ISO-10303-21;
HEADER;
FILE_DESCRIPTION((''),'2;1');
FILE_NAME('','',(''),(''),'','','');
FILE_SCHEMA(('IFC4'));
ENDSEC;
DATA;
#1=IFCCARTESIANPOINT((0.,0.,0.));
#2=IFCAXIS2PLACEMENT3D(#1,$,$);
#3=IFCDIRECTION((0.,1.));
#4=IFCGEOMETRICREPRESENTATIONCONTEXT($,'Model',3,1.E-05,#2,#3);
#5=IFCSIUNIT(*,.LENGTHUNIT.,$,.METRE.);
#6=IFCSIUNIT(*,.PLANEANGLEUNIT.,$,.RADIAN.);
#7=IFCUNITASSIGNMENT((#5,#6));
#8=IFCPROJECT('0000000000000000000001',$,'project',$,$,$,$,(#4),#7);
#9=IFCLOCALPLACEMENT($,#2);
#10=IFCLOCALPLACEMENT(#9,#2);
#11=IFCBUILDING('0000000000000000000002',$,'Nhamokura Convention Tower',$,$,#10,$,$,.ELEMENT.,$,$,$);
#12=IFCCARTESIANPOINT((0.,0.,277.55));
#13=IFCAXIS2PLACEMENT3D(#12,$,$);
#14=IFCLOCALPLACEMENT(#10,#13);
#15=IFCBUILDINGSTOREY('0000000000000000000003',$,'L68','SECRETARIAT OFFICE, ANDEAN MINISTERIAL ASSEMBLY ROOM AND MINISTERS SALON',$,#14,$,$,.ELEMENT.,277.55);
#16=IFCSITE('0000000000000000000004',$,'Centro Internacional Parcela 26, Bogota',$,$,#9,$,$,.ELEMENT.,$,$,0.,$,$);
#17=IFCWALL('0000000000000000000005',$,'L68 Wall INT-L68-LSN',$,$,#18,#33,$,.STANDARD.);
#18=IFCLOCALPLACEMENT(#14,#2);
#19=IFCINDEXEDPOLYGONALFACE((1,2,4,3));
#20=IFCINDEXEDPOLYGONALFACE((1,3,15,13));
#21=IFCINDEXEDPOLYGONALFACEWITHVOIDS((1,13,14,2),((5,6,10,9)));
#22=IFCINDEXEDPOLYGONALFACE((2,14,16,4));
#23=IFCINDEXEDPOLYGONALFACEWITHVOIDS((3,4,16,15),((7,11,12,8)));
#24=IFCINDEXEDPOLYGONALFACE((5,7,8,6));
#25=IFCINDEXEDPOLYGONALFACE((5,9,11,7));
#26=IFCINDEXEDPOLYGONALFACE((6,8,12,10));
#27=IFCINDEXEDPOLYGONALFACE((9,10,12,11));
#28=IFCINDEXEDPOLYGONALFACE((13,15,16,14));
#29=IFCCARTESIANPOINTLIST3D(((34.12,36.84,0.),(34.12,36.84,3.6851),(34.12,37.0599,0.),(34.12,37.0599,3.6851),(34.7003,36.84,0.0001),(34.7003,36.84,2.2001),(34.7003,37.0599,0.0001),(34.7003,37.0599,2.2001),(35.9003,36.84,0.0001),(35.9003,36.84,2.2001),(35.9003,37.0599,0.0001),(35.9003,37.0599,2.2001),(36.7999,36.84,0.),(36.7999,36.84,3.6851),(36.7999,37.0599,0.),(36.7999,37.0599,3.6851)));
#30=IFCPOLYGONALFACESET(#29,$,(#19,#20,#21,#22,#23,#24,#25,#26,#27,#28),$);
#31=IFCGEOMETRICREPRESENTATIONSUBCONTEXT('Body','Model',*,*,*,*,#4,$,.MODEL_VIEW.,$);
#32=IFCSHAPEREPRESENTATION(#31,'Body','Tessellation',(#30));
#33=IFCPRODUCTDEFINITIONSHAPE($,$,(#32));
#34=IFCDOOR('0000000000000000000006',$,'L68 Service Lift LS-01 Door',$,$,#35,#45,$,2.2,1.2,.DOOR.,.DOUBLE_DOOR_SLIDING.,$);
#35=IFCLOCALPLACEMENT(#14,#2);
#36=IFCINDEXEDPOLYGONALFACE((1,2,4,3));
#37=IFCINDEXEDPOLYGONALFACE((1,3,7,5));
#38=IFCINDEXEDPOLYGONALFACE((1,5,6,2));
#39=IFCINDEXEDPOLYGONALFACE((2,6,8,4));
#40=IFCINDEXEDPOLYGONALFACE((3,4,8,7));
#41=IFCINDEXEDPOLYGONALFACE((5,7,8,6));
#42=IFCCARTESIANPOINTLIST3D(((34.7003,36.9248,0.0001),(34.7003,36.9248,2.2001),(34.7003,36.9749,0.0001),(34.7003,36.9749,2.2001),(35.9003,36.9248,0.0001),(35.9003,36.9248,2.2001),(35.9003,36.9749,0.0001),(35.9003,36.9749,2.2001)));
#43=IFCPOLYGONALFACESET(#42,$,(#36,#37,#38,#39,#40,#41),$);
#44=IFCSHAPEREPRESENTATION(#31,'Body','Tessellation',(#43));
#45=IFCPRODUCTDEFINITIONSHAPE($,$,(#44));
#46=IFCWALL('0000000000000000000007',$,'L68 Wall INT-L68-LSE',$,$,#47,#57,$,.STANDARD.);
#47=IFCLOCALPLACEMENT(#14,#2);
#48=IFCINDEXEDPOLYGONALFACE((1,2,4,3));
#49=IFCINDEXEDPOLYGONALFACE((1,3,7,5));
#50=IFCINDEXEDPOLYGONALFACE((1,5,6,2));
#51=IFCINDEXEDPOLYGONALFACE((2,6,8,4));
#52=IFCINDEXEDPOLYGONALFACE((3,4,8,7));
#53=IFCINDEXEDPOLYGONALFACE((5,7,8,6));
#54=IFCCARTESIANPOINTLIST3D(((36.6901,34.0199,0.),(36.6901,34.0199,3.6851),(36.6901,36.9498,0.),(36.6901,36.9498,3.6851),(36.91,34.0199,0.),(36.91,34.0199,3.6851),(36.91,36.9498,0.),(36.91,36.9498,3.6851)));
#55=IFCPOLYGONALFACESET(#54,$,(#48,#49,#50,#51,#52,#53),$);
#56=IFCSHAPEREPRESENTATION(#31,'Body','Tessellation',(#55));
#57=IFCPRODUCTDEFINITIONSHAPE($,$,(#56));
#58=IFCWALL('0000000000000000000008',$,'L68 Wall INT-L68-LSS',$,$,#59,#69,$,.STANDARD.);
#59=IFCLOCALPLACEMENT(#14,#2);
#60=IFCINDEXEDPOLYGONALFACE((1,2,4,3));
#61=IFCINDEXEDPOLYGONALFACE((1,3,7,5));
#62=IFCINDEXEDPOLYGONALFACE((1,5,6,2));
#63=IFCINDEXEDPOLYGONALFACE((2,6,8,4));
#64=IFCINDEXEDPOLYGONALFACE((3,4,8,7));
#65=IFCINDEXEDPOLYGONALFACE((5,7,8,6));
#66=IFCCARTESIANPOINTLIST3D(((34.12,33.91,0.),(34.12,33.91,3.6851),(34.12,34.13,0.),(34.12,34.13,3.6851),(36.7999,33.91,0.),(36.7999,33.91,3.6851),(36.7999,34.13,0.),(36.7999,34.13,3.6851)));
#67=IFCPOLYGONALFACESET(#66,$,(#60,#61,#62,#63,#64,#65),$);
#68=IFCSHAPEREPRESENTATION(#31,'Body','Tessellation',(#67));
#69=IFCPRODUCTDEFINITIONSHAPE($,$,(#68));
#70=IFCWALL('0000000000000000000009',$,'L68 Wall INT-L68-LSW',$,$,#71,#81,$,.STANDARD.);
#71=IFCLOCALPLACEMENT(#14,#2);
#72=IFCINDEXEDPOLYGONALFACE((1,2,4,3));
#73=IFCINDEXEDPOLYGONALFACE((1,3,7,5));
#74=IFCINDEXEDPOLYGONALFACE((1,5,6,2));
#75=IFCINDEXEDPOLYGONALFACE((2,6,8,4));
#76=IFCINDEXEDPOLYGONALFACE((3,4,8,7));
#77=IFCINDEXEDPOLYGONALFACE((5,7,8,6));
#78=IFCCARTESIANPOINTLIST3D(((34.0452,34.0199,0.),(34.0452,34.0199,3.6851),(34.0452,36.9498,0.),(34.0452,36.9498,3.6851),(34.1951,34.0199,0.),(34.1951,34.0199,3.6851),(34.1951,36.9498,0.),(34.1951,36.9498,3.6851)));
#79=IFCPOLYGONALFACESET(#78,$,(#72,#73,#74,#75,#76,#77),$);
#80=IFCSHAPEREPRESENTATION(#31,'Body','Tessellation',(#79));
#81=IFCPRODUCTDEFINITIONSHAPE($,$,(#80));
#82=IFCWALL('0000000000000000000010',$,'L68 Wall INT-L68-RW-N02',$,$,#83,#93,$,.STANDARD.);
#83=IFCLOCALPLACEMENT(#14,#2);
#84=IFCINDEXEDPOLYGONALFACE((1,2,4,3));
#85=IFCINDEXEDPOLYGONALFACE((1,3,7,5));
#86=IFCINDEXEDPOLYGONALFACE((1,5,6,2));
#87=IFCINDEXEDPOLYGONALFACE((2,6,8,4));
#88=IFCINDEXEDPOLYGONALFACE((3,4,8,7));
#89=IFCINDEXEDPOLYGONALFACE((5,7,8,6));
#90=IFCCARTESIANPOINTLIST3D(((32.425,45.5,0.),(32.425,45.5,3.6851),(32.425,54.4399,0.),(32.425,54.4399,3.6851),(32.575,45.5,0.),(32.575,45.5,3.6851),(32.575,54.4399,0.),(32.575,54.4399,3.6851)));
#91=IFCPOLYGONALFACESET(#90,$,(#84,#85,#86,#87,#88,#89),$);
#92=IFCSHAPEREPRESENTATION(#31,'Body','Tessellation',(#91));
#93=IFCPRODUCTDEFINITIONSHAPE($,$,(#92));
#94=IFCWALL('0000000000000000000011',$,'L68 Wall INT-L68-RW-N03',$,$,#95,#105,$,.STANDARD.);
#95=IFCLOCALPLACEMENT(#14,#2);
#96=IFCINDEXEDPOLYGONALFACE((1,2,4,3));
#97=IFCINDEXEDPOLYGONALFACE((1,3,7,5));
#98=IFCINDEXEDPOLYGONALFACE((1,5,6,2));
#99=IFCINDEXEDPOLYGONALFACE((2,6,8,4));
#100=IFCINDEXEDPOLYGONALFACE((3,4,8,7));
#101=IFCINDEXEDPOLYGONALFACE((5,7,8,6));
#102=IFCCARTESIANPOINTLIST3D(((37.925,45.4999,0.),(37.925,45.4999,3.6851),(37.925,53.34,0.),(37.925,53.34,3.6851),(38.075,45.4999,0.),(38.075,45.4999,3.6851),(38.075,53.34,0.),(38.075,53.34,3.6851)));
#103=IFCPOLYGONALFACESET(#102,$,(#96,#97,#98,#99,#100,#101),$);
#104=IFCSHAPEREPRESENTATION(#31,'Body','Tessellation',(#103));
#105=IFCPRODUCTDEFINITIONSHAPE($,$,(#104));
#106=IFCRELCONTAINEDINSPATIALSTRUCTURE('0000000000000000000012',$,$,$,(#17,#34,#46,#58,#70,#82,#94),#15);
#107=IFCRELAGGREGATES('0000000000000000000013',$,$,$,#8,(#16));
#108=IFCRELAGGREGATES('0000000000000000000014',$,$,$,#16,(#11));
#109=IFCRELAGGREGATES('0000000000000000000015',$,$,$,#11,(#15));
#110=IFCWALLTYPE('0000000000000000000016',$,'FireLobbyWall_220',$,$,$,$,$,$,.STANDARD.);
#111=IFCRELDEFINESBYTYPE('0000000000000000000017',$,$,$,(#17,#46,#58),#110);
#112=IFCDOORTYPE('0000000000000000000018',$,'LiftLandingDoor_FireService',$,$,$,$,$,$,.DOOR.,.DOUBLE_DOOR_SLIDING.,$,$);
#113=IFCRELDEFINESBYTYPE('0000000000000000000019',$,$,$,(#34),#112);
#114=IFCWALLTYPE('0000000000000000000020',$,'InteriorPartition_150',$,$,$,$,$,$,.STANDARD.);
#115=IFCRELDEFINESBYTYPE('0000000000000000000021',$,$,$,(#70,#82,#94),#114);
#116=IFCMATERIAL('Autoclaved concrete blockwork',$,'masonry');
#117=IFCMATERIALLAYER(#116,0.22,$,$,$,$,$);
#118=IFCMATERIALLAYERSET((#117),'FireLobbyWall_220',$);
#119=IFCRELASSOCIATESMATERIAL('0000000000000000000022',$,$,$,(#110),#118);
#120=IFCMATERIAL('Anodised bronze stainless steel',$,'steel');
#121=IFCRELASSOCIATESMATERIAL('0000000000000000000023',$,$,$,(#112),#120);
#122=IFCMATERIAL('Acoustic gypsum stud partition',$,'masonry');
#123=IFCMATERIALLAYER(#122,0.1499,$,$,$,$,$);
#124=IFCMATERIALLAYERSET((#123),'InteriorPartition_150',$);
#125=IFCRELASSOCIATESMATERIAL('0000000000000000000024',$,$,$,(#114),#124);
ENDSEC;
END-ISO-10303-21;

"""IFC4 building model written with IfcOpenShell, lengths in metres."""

from ifc_helpers import new_model, si_unit, direction, frame, frame_2d, origin, place, context, subcontext, project, spatial, rectangle, extrude, material, layer, layer_set, type_object, element, fill, save


model = new_model("IFC4")

# Units and contexts
model_context = context("Model", 3, precision=1e-05, world=origin(), true_north=direction((0.0, 1.0)))
body_context = subcontext(model_context, "Body", "Model", "MODEL_VIEW")
ifc_project = project(units=[si_unit("LENGTHUNIT", "METRE"), si_unit("PLANEANGLEUNIT", "RADIAN")], contexts=[model_context])

# Site, building, storey
site_placement = place(None, origin())
site = spatial("IfcSite", under=ifc_project, at=site_placement, Name="Centro Internacional Parcela 26, Bogota", CompositionType="ELEMENT", RefElevation=0.0)
building_placement = place(site_placement, origin())
building = spatial("IfcBuilding", under=site, at=building_placement, Name="Nhamokura Convention Tower", CompositionType="ELEMENT")
storey_placement = place(building_placement, frame((0.0, 0.0, 277.55)))
storey = spatial("IfcBuildingStorey", under=building, at=storey_placement, Name="L68", Description="SECRETARIAT OFFICE, ANDEAN MINISTERIAL ASSEMBLY ROOM AND MINISTERS SALON", CompositionType="ELEMENT", Elevation=277.55)

# Shared definitions
ifc_material_1 = material(Name="Autoclaved concrete blockwork", Category="masonry")
ifc_layer_1 = layer(ifc_material_1, 0.22)
ifc_layer_set_1 = layer_set([ifc_layer_1], Name="FireLobbyWall_220")
wall_type_1 = type_object("IfcWallType", Name="FireLobbyWall_220", PredefinedType="STANDARD", material=ifc_layer_set_1)
ifc_material_2 = material(Name="Anodised bronze stainless steel", Category="steel")
door_type_1 = type_object("IfcDoorType", Name="LiftLandingDoor_FireService", OperationType="DOUBLE_DOOR_SLIDING", PredefinedType="DOOR", material=ifc_material_2)

# Wall, opening, door
wall_1_placement = place(storey_placement, frame((34.1201, 36.95, 0.0), z_axis=(0.0, 0.0, 1.0), x_axis=(1.0, 0.0, 0.0)))
wall_1 = element("IfcWall", 1, at=wall_1_placement, inside=storey, type_object=wall_type_1, Name="L68 Wall INT-L68-LSN", PredefinedType="STANDARD", context=body_context, shape_type="SweptSolid", body=[
    extrude(rectangle(XDim=2.6799, YDim=0.22, at=frame_2d((1.3398, 0.0))), origin(), (0.0, 0.0, 1.0), 3.6851),
])
opening_1_placement = place(wall_1_placement, frame((0.5801, 0.0, 0.0)))
opening_1 = element("IfcOpeningElement", 2, at=opening_1_placement, cuts=wall_1, PredefinedType="OPENING", context=body_context, shape_type="SweptSolid", body=[
    extrude(rectangle(XDim=1.2, YDim=2.2, at=frame_2d((0.6001, 1.1001))), frame((0.0, 0.1199, 0.0), z_axis=(0.0, -1.0, 0.0), x_axis=(1.0, 0.0, 0.0)), (0.0, 0.0, 1.0), 0.24),
])
door_1_placement = place(opening_1_placement, origin())
door_1 = element("IfcDoor", 3, at=door_1_placement, inside=storey, type_object=door_type_1, Name="L68 Service Lift LS-01 Door", OperationType="DOUBLE_DOOR_SLIDING", OverallHeight=2.2, OverallWidth=1.2, PredefinedType="DOOR", context=body_context, shape_type="SweptSolid", body=[
    extrude(rectangle(XDim=1.2, YDim=2.2, at=frame_2d((0.6001, 1.1001))), frame((0.0, 0.0249, 0.0), z_axis=(0.0, -1.0, 0.0), x_axis=(1.0, 0.0, 0.0)), (0.0, 0.0, 1.0), 0.05),
])
fill(opening_1, door_1)

# Walls
wall_2_placement = place(storey_placement, frame((36.8, 34.02, 0.0), z_axis=(0.0, 0.0, 1.0), x_axis=(0.0, 1.0, 0.0)))
element("IfcWall", 4, at=wall_2_placement, inside=storey, type_object=wall_type_1, Name="L68 Wall INT-L68-LSE", PredefinedType="STANDARD", context=body_context, shape_type="SweptSolid", body=[
    extrude(rectangle(XDim=2.9299, YDim=0.22, at=frame_2d((1.4648, 0.0))), origin(), (0.0, 0.0, 1.0), 3.6851),
])
wall_3_placement = place(storey_placement, frame((34.1201, 34.02, 0.0), z_axis=(0.0, 0.0, 1.0), x_axis=(1.0, 0.0, 0.0)))
element("IfcWall", 5, at=wall_3_placement, inside=storey, type_object=wall_type_1, Name="L68 Wall INT-L68-LSS", PredefinedType="STANDARD", context=body_context, shape_type="SweptSolid", body=[
    extrude(rectangle(XDim=2.6799, YDim=0.22, at=frame_2d((1.3398, 0.0))), origin(), (0.0, 0.0, 1.0), 3.6851),
])
ifc_material_3 = material(Name="Acoustic gypsum stud partition", Category="masonry")
ifc_layer_2 = layer(ifc_material_3, 0.1499)
ifc_layer_set_2 = layer_set([ifc_layer_2], Name="InteriorPartition_150")
wall_type_2 = type_object("IfcWallType", Name="InteriorPartition_150", PredefinedType="STANDARD", material=ifc_layer_set_2)
wall_4_placement = place(storey_placement, frame((34.1201, 34.02, 0.0), z_axis=(0.0, 0.0, 1.0), x_axis=(0.0, 1.0, 0.0)))
element("IfcWall", 6, at=wall_4_placement, inside=storey, type_object=wall_type_2, Name="L68 Wall INT-L68-LSW", PredefinedType="STANDARD", context=body_context, shape_type="SweptSolid", body=[
    extrude(rectangle(XDim=2.9299, YDim=0.1499, at=frame_2d((1.4648, 0.0))), origin(), (0.0, 0.0, 1.0), 3.6851),
])
wall_5_placement = place(storey_placement, frame((32.5, 45.5, 0.0), z_axis=(0.0, 0.0, 1.0), x_axis=(0.0, 1.0, 0.0)))
element("IfcWall", 7, at=wall_5_placement, inside=storey, type_object=wall_type_2, Name="L68 Wall INT-L68-RW-N02", PredefinedType="STANDARD", context=body_context, shape_type="SweptSolid", body=[
    extrude(rectangle(XDim=8.9399, YDim=0.1499, at=frame_2d((4.47, 0.0))), origin(), (0.0, 0.0, 1.0), 3.6851),
])
wall_6_placement = place(storey_placement, frame((38.0, 45.5, 0.0), z_axis=(0.0, 0.0, 1.0), x_axis=(0.0, 1.0, 0.0)))
element("IfcWall", 8, at=wall_6_placement, inside=storey, type_object=wall_type_2, Name="L68 Wall INT-L68-RW-N03", PredefinedType="STANDARD", context=body_context, shape_type="SweptSolid", body=[
    extrude(rectangle(XDim=7.8401, YDim=0.1499, at=frame_2d((3.9199, 0.0))), origin(), (0.0, 0.0, 1.0), 3.6851),
])

save(model, "model.ifc")
